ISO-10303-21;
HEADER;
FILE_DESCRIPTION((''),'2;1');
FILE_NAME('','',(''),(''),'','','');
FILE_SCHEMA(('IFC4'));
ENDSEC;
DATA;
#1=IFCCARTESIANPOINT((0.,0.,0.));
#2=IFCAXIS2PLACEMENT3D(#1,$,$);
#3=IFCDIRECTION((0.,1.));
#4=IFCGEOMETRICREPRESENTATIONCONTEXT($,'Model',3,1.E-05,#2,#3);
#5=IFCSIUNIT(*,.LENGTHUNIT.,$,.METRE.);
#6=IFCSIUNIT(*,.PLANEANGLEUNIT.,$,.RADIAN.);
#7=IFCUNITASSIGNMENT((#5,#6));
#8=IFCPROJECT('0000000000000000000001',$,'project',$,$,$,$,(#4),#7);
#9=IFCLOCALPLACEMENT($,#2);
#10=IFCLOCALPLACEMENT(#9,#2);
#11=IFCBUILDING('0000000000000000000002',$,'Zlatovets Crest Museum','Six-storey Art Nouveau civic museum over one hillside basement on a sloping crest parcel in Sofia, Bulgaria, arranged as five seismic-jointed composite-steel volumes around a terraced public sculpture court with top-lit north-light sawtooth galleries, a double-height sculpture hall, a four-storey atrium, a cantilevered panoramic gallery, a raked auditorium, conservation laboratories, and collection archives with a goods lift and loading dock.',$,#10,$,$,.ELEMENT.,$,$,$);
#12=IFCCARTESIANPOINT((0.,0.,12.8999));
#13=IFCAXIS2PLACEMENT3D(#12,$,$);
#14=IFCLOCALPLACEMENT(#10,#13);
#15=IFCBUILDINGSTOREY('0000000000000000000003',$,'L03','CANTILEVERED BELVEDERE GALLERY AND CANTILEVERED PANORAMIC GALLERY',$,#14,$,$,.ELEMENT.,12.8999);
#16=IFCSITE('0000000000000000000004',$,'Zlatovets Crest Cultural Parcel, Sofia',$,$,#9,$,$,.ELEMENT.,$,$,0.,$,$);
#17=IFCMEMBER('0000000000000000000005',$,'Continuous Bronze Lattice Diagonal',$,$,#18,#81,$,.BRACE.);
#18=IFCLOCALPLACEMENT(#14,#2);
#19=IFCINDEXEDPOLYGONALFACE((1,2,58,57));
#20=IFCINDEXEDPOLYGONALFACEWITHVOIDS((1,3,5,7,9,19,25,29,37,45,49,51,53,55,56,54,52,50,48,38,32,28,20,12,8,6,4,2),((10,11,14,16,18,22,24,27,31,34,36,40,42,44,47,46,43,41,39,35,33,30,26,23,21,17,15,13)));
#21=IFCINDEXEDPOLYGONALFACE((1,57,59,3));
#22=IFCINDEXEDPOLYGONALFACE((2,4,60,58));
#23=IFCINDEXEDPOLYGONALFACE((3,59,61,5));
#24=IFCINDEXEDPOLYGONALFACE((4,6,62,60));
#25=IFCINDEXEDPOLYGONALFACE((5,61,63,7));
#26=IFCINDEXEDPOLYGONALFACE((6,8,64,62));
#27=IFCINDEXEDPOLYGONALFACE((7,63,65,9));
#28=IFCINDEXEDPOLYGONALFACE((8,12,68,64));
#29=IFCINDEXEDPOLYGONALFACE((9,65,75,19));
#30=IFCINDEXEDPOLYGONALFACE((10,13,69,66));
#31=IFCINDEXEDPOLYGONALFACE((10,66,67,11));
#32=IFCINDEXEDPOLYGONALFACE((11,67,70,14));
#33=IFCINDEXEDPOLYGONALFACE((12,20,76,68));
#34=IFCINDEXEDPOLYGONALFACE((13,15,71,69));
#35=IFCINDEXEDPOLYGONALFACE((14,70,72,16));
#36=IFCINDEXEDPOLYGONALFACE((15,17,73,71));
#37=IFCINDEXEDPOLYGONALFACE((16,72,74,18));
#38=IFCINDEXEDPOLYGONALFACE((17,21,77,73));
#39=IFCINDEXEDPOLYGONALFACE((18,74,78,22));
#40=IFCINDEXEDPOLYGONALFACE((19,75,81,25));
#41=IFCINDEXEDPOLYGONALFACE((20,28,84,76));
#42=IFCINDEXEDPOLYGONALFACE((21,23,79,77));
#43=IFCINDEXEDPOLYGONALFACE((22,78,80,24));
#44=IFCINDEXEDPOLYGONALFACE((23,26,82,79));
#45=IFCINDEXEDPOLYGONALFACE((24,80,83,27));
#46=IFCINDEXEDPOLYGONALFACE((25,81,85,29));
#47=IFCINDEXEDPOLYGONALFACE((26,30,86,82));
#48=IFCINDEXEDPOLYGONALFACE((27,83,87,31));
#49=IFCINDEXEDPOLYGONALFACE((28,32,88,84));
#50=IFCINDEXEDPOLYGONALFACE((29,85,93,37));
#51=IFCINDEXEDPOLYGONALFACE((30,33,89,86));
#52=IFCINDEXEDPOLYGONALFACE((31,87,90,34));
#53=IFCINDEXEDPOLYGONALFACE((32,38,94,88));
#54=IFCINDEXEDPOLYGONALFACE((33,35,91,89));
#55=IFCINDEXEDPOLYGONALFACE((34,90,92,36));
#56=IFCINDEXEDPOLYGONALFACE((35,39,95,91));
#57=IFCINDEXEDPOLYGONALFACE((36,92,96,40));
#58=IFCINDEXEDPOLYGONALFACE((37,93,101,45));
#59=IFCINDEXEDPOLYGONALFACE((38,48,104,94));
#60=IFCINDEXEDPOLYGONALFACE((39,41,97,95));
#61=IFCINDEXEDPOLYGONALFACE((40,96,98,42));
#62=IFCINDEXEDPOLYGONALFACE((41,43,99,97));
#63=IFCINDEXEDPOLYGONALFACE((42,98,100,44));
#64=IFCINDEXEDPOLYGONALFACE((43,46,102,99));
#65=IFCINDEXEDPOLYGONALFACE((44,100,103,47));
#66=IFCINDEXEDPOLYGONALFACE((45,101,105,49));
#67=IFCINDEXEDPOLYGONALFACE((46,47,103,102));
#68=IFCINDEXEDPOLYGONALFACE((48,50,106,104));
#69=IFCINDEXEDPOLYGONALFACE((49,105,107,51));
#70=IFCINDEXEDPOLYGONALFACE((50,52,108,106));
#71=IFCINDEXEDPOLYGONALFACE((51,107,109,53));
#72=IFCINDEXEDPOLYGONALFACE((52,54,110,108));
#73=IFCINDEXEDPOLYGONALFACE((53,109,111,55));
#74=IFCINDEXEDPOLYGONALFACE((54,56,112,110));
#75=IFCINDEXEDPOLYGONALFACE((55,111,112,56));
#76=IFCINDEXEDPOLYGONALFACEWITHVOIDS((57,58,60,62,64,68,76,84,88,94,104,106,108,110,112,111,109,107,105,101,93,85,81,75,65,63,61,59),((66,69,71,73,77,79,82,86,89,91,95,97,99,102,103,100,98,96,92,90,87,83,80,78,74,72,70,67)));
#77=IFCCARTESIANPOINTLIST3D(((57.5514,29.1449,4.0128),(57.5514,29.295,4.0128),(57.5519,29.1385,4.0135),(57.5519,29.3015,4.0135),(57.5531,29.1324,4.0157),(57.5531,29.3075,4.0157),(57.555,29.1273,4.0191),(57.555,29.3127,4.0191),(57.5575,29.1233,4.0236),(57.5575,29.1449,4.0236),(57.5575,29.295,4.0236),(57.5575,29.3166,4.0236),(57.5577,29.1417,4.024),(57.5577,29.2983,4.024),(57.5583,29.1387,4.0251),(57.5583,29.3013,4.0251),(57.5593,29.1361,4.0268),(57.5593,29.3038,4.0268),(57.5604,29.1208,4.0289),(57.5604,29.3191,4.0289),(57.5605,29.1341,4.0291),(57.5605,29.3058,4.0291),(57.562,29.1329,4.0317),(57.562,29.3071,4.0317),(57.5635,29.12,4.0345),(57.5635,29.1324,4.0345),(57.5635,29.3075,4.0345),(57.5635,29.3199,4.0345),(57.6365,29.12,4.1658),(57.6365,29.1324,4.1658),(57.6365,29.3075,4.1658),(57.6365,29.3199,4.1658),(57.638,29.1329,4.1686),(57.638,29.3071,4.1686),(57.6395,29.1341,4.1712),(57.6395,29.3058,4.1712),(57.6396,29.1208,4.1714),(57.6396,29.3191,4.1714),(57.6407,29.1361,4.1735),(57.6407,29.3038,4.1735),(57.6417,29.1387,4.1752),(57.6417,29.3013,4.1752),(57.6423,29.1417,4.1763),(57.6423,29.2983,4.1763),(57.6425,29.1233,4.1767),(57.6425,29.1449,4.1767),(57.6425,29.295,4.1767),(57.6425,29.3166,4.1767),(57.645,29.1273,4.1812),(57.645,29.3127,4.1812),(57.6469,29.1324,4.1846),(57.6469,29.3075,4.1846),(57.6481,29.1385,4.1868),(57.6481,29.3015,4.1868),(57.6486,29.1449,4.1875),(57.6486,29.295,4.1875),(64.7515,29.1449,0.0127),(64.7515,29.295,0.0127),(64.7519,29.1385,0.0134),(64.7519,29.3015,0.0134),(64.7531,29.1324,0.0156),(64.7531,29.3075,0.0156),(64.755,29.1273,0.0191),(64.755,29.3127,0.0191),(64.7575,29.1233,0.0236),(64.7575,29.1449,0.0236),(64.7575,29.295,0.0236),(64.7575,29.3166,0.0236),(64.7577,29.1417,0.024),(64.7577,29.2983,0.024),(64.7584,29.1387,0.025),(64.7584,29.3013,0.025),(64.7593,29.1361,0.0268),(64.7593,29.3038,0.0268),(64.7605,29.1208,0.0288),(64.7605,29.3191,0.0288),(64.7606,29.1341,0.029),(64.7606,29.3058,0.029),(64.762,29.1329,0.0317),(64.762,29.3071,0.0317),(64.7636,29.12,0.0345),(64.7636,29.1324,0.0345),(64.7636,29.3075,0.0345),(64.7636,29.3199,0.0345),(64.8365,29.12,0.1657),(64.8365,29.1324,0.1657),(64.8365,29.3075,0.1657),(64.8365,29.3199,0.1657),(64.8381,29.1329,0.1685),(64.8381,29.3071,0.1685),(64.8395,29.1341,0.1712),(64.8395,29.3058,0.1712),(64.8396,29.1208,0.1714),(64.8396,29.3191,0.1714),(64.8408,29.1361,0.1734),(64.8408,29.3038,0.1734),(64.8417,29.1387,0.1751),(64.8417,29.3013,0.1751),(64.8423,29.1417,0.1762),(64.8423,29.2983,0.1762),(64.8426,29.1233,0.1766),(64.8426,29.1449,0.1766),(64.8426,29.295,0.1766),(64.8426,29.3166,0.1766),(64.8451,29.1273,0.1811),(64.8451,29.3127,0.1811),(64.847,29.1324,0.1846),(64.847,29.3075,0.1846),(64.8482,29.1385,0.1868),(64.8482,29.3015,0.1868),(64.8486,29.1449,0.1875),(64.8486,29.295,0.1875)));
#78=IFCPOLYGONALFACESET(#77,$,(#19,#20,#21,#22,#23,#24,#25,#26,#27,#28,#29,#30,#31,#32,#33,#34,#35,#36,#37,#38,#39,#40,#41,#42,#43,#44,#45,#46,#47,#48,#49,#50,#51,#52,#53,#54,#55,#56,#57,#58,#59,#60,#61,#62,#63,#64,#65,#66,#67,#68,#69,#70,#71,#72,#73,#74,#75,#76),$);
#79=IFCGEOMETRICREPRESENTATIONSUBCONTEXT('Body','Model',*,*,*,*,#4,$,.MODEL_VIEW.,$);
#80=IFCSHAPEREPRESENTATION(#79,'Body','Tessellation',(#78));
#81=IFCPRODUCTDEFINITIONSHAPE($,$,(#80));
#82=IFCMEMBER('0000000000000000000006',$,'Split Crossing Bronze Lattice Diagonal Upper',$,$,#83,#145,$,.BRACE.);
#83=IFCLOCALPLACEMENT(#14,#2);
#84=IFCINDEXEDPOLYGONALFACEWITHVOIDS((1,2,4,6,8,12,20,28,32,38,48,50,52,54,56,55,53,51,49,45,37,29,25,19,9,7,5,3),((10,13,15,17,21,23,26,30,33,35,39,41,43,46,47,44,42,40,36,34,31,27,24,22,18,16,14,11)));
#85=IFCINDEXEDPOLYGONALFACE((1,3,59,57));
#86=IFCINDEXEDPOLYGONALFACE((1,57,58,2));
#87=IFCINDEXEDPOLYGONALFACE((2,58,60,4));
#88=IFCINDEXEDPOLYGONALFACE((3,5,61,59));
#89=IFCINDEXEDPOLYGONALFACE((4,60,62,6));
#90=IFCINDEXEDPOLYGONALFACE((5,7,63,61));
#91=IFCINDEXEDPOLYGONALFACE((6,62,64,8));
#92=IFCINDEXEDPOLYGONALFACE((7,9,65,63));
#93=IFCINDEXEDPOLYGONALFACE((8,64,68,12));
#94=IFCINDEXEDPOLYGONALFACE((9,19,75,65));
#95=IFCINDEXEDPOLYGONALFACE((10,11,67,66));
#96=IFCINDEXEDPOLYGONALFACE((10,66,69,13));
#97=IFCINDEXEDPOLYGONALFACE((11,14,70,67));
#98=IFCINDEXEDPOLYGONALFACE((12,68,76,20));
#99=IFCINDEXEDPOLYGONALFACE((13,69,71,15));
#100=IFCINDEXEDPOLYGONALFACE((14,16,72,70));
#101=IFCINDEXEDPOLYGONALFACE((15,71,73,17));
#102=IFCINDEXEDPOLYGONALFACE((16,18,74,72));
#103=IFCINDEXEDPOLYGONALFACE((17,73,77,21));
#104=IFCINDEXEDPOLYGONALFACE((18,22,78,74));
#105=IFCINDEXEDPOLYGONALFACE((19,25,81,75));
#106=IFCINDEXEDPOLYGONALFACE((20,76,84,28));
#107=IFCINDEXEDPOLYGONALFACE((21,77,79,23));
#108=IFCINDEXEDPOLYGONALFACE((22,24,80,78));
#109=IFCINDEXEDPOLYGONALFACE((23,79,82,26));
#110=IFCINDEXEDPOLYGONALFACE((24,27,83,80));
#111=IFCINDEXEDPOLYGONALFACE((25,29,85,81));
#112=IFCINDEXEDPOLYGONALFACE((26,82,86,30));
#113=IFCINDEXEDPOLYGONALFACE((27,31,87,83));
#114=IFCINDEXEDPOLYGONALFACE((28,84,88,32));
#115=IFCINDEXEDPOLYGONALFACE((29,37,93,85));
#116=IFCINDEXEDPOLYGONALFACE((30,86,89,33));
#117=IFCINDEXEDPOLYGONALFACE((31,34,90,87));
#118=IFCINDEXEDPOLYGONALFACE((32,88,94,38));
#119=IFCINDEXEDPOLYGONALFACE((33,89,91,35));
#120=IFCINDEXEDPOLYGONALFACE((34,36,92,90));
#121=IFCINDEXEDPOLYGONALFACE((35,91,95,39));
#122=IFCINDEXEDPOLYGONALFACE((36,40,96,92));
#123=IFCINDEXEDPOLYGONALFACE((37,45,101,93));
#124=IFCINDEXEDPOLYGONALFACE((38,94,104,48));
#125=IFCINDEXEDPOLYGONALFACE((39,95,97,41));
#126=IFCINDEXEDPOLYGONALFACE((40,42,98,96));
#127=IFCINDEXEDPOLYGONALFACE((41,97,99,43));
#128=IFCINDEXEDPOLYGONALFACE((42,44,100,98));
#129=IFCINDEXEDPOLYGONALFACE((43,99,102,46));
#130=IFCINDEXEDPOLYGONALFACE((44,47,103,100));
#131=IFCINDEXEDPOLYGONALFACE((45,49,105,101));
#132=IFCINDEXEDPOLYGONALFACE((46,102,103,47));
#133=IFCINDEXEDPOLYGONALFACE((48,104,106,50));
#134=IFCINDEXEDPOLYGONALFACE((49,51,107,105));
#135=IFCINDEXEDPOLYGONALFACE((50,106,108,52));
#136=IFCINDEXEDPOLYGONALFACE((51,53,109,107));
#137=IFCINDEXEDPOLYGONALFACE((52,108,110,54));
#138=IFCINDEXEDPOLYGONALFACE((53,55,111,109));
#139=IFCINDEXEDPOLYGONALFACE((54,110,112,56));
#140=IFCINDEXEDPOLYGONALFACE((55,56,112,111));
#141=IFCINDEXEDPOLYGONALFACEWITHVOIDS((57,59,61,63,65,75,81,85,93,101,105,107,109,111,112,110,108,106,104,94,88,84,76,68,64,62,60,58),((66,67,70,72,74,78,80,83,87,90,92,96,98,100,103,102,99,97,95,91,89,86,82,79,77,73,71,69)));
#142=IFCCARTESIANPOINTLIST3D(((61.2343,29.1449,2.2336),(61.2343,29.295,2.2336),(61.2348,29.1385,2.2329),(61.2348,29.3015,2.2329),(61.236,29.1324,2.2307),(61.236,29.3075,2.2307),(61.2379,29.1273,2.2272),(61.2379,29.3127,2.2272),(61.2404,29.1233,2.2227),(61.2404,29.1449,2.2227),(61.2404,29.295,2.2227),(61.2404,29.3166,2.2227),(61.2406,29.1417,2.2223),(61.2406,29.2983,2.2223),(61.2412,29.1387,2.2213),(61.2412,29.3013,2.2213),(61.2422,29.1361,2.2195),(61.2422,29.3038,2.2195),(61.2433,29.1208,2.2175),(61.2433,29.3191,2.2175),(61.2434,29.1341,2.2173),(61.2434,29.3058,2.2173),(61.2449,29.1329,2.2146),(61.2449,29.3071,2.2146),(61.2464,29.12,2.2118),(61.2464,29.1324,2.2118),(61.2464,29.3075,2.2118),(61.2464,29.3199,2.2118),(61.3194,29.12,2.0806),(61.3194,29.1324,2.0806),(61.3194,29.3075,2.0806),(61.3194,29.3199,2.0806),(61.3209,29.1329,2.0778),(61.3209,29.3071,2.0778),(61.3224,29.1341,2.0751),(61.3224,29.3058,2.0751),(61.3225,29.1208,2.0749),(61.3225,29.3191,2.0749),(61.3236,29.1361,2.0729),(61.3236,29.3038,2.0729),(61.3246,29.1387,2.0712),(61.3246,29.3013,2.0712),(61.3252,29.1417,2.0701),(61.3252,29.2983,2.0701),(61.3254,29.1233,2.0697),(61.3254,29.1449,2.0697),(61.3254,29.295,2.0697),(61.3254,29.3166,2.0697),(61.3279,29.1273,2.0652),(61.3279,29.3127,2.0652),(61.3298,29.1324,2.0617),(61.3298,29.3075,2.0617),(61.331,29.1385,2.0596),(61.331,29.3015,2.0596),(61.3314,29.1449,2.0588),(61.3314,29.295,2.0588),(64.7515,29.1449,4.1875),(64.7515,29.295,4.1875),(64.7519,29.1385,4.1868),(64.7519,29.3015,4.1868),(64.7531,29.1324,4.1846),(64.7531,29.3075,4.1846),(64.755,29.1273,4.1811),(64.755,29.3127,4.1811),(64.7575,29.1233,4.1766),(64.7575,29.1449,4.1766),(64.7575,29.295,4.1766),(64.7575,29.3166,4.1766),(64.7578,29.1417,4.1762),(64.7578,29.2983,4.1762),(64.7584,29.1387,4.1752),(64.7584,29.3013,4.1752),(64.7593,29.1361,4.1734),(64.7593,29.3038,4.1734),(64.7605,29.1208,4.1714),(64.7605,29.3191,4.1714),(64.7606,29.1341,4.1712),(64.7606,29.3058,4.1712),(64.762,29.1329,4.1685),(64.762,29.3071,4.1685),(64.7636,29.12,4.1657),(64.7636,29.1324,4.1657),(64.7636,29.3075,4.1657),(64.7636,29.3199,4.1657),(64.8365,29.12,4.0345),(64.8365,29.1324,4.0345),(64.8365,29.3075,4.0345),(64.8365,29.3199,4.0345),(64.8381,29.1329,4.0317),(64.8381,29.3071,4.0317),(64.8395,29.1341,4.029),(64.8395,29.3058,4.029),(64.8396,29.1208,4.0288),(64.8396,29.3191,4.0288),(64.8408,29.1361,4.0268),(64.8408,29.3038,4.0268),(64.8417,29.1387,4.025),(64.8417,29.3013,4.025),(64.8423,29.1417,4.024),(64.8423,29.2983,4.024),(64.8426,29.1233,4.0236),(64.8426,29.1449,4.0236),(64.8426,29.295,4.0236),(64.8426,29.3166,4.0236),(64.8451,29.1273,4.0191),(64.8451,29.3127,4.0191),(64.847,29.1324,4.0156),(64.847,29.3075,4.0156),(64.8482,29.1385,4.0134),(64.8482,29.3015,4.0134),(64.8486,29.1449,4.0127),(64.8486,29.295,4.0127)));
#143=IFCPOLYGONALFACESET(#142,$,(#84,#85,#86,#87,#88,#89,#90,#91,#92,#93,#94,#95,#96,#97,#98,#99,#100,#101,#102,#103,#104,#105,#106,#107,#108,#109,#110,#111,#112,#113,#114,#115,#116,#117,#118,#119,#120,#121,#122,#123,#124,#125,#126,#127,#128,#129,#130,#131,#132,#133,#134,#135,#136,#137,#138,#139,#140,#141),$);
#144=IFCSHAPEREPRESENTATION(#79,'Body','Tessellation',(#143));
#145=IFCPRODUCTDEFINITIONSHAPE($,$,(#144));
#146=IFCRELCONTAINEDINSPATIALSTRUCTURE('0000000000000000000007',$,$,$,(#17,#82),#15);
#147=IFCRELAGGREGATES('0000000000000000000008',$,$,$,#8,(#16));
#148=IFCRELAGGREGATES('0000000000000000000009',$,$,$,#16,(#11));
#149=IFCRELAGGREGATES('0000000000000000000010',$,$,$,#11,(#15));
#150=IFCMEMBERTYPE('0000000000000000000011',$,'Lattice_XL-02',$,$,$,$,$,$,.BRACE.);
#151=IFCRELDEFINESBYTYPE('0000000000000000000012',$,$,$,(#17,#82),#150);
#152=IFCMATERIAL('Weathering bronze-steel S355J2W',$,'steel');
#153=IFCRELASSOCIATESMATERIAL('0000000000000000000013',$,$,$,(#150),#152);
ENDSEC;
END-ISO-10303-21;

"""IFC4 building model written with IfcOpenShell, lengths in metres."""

from ifc_helpers import new_model, si_unit, direction, frame, origin, origin_2d, place, context, subcontext, project, spatial, hollow_rectangle, extrude, material, material_profile, profile_set, type_object, element, save


model = new_model("IFC4")

# Units and contexts
model_context = context("Model", 3, precision=1e-05, world=origin(), true_north=direction((0.0, 1.0)))
body_context = subcontext(model_context, "Body", "Model", "MODEL_VIEW")
ifc_project = project(units=[si_unit("LENGTHUNIT", "METRE"), si_unit("PLANEANGLEUNIT", "RADIAN")], contexts=[model_context])

# Site, building, storey
site_placement = place(None, origin())
site = spatial("IfcSite", under=ifc_project, at=site_placement, Name="Zlatovets Crest Cultural Parcel, Sofia", CompositionType="ELEMENT", RefElevation=0.0)
building_placement = place(site_placement, origin())
building = spatial("IfcBuilding", under=site, at=building_placement, Name="Zlatovets Crest Museum", Description="Six-storey Art Nouveau civic museum over one hillside basement on a sloping crest parcel in Sofia, Bulgaria, arranged as five seismic-jointed composite-steel volumes around a terraced public sculpture court with top-lit north-light sawtooth galleries, a double-height sculpture hall, a four-storey atrium, a cantilevered panoramic gallery, a raked auditorium, conservation laboratories, and collection archives with a goods lift and loading dock.", CompositionType="ELEMENT")
storey_placement = place(building_placement, frame((0.0, 0.0, 12.8999)))
storey = spatial("IfcBuildingStorey", under=building, at=storey_placement, Name="L03", Description="CANTILEVERED BELVEDERE GALLERY AND CANTILEVERED PANORAMIC GALLERY", CompositionType="ELEMENT", Elevation=12.8999)

# Members
ifc_material_1 = material(Name="Weathering bronze-steel S355J2W", Category="steel")
ifc_material_profile_1 = material_profile(ifc_material_1, hollow_rectangle(XDim=0.2, YDim=0.2, WallThickness=0.0125, InnerFilletRadius=0.0125, OuterFilletRadius=0.0249, at=origin_2d()), Name="SHS 200x200x12.5")
ifc_profile_set_1 = profile_set([ifc_material_profile_1], Name="Weathering bronze-steel S355J2W")
member_type_1 = type_object("IfcMemberType", Name="Lattice_XL-02", PredefinedType="BRACE", material=ifc_profile_set_1)
member_1_placement = place(storey_placement, frame((64.8, 29.22, 0.1001), z_axis=(-0.874156, 0.0, 0.485645), x_axis=(0.0, -1.0, 0.0)))
element("IfcMember", 1, at=member_1_placement, inside=storey, type_object=member_type_1, Name="Continuous Bronze Lattice Diagonal", PredefinedType="BRACE", context=body_context, shape_type="SweptSolid", body=[
    extrude(hollow_rectangle(XDim=0.2, YDim=0.2, WallThickness=0.0125, InnerFilletRadius=0.0125, OuterFilletRadius=0.0249, at=origin_2d()), origin(), (0.0, 0.0, 1.0), 8.2366),
])
member_2_placement = place(storey_placement, frame((64.8, 29.22, 4.1001), z_axis=(-0.874166, 0.0, -0.485627), x_axis=(0.0, -1.0, 0.0)))
element("IfcMember", 2, at=member_2_placement, inside=storey, type_object=member_type_1, Name="Split Crossing Bronze Lattice Diagonal Upper", PredefinedType="BRACE", context=body_context, shape_type="SweptSolid", body=[
    extrude(hollow_rectangle(XDim=0.2, YDim=0.2, WallThickness=0.0125, InnerFilletRadius=0.0125, OuterFilletRadius=0.0249, at=origin_2d()), origin(), (0.0, 0.0, 1.0), 4.0234),
])

save(model, "model.ifc")
